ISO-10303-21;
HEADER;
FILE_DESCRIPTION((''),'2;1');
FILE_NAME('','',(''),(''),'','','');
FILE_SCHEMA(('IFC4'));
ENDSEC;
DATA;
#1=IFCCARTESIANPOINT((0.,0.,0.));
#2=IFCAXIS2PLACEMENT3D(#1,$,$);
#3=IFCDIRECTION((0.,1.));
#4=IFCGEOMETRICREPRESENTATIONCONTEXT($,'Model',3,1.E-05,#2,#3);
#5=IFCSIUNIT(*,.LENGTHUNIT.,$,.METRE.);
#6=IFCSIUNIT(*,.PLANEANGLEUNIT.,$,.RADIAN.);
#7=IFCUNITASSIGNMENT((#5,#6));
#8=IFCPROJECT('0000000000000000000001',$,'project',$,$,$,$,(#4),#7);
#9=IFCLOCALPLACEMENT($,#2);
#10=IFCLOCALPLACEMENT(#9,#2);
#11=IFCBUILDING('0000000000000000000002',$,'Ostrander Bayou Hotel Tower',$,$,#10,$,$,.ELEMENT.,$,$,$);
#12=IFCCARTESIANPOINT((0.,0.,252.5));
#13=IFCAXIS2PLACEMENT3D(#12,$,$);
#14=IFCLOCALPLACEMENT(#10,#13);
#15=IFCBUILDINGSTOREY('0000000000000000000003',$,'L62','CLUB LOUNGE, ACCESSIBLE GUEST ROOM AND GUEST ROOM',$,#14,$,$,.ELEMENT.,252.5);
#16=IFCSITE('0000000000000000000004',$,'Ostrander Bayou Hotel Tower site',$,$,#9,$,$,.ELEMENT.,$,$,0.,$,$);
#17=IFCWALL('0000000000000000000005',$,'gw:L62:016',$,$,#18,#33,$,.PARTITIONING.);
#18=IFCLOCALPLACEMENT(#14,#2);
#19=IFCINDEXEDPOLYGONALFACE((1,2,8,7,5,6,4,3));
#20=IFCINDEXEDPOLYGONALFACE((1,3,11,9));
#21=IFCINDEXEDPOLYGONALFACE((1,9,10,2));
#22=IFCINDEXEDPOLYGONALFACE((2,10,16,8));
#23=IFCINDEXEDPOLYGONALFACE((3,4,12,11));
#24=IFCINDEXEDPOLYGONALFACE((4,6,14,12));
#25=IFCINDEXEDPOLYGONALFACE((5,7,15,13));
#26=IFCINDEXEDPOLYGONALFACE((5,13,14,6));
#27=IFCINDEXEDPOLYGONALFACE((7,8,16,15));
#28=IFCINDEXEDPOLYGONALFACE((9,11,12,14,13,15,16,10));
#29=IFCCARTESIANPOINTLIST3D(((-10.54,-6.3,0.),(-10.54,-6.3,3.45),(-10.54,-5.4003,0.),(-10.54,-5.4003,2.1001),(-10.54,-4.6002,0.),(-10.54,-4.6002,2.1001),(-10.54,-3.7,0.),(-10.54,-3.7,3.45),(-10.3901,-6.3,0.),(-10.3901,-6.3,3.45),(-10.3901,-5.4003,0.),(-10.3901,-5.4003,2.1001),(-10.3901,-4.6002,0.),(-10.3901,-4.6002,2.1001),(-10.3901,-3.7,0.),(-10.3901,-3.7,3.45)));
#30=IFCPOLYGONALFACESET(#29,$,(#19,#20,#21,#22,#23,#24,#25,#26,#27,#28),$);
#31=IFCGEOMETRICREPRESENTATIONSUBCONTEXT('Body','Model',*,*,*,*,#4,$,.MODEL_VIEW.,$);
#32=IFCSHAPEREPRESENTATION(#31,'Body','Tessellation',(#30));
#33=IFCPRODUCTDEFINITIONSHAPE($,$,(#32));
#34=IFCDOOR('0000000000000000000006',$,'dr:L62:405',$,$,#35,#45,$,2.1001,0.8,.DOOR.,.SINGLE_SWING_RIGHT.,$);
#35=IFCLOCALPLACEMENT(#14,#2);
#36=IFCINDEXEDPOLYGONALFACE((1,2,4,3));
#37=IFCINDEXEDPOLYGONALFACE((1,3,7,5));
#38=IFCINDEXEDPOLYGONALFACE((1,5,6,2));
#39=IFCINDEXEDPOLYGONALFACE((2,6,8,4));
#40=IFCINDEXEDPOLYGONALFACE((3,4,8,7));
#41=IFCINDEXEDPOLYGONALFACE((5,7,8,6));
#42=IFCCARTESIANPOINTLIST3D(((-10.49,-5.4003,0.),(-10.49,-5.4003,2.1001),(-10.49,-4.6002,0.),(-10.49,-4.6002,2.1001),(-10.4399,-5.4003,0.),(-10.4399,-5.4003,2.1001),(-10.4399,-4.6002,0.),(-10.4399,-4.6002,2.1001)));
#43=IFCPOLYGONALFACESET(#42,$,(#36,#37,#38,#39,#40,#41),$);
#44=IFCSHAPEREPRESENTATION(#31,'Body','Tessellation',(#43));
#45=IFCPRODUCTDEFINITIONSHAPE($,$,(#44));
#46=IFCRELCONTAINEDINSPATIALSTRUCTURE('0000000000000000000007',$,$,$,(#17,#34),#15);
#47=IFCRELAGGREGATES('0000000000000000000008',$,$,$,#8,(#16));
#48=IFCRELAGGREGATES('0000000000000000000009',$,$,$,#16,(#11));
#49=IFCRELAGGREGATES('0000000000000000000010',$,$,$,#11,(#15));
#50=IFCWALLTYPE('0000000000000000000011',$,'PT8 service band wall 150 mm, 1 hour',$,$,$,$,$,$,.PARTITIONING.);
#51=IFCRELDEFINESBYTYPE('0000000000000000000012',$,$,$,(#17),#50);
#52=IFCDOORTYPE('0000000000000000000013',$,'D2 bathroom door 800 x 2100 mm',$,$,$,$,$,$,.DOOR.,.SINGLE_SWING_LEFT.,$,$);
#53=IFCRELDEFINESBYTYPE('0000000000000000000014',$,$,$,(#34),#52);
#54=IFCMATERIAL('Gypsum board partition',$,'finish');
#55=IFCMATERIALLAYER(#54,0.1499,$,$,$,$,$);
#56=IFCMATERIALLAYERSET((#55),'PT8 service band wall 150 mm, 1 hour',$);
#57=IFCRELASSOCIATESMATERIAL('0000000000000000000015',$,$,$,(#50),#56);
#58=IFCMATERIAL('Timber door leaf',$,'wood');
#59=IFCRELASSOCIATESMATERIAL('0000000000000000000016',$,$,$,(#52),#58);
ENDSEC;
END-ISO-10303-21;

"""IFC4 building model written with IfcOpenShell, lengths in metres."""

from ifc_helpers import new_model, si_unit, direction, frame, frame_2d, origin, place, context, subcontext, project, spatial, rectangle, extrude, material, layer, layer_set, type_object, element, fill, save


model = new_model("IFC4")

# Units and contexts
model_context = context("Model", 3, precision=1e-05, world=origin(), true_north=direction((0.0, 1.0)))
body_context = subcontext(model_context, "Body", "Model", "MODEL_VIEW")
ifc_project = project(units=[si_unit("LENGTHUNIT", "METRE"), si_unit("PLANEANGLEUNIT", "RADIAN")], contexts=[model_context])

# Site, building, storey
site_placement = place(None, origin())
site = spatial("IfcSite", under=ifc_project, at=site_placement, Name="Ostrander Bayou Hotel Tower site", CompositionType="ELEMENT", RefElevation=0.0)
building_placement = place(site_placement, origin())
building = spatial("IfcBuilding", under=site, at=building_placement, Name="Ostrander Bayou Hotel Tower", CompositionType="ELEMENT")
storey_placement = place(building_placement, frame((0.0, 0.0, 252.5)))
storey = spatial("IfcBuildingStorey", under=building, at=storey_placement, Name="L62", Description="CLUB LOUNGE, ACCESSIBLE GUEST ROOM AND GUEST ROOM", CompositionType="ELEMENT", Elevation=252.5)

# Shared definitions
ifc_material_1 = material(Name="Gypsum board partition", Category="finish")
ifc_layer_1 = layer(ifc_material_1, 0.1499)
ifc_layer_set_1 = layer_set([ifc_layer_1], Name="PT8 service band wall 150 mm, 1 hour")
wall_type_1 = type_object("IfcWallType", Name="PT8 service band wall 150 mm, 1 hour", PredefinedType="PARTITIONING", material=ifc_layer_set_1)

# Wall, opening, door
wall_1_placement = place(storey_placement, frame((-10.4651, -6.3, 0.0), z_axis=(0.0, 0.0, 1.0), x_axis=(0.0, 1.0, 0.0)))
wall_1 = element("IfcWall", 1, at=wall_1_placement, inside=storey, type_object=wall_type_1, Name="gw:L62:016", PredefinedType="PARTITIONING", context=body_context, shape_type="SweptSolid", body=[
    extrude(rectangle(XDim=2.6001, YDim=0.1499, at=frame_2d((1.3, 0.0))), origin(), (0.0, 0.0, 1.0), 3.45),
])
opening_placement = place(wall_1_placement, frame((0.8999, 0.0, 0.0)))
opening = element("IfcOpeningElement", 2, at=opening_placement, cuts=wall_1, PredefinedType="OPENING", context=body_context, shape_type="SweptSolid", body=[
    extrude(rectangle(XDim=0.8, YDim=2.1001, at=frame_2d((0.3999, 1.05))), frame((0.0, 0.075, 0.0), z_axis=(0.0, -1.0, 0.0), x_axis=(1.0, 0.0, 0.0)), (0.0, 0.0, 1.0), 0.1499),
])
ifc_material_2 = material(Name="Timber door leaf", Category="wood")
door_type = type_object("IfcDoorType", Name="D2 bathroom door 800 x 2100 mm", OperationType="SINGLE_SWING_LEFT", PredefinedType="DOOR", material=ifc_material_2)
door_placement = place(opening_placement, origin())
door = element("IfcDoor", 3, at=door_placement, inside=storey, type_object=door_type, Name="dr:L62:405", OperationType="SINGLE_SWING_RIGHT", OverallHeight=2.1001, OverallWidth=0.8, PredefinedType="DOOR", context=body_context, shape_type="SweptSolid", body=[
    extrude(rectangle(XDim=0.8, YDim=2.1001, at=frame_2d((0.3999, 1.05))), frame((0.0, 0.0249, 0.0), z_axis=(0.0, -1.0, 0.0), x_axis=(1.0, 0.0, 0.0)), (0.0, 0.0, 1.0), 0.05),
])
fill(opening, door)

save(model, "model.ifc")
